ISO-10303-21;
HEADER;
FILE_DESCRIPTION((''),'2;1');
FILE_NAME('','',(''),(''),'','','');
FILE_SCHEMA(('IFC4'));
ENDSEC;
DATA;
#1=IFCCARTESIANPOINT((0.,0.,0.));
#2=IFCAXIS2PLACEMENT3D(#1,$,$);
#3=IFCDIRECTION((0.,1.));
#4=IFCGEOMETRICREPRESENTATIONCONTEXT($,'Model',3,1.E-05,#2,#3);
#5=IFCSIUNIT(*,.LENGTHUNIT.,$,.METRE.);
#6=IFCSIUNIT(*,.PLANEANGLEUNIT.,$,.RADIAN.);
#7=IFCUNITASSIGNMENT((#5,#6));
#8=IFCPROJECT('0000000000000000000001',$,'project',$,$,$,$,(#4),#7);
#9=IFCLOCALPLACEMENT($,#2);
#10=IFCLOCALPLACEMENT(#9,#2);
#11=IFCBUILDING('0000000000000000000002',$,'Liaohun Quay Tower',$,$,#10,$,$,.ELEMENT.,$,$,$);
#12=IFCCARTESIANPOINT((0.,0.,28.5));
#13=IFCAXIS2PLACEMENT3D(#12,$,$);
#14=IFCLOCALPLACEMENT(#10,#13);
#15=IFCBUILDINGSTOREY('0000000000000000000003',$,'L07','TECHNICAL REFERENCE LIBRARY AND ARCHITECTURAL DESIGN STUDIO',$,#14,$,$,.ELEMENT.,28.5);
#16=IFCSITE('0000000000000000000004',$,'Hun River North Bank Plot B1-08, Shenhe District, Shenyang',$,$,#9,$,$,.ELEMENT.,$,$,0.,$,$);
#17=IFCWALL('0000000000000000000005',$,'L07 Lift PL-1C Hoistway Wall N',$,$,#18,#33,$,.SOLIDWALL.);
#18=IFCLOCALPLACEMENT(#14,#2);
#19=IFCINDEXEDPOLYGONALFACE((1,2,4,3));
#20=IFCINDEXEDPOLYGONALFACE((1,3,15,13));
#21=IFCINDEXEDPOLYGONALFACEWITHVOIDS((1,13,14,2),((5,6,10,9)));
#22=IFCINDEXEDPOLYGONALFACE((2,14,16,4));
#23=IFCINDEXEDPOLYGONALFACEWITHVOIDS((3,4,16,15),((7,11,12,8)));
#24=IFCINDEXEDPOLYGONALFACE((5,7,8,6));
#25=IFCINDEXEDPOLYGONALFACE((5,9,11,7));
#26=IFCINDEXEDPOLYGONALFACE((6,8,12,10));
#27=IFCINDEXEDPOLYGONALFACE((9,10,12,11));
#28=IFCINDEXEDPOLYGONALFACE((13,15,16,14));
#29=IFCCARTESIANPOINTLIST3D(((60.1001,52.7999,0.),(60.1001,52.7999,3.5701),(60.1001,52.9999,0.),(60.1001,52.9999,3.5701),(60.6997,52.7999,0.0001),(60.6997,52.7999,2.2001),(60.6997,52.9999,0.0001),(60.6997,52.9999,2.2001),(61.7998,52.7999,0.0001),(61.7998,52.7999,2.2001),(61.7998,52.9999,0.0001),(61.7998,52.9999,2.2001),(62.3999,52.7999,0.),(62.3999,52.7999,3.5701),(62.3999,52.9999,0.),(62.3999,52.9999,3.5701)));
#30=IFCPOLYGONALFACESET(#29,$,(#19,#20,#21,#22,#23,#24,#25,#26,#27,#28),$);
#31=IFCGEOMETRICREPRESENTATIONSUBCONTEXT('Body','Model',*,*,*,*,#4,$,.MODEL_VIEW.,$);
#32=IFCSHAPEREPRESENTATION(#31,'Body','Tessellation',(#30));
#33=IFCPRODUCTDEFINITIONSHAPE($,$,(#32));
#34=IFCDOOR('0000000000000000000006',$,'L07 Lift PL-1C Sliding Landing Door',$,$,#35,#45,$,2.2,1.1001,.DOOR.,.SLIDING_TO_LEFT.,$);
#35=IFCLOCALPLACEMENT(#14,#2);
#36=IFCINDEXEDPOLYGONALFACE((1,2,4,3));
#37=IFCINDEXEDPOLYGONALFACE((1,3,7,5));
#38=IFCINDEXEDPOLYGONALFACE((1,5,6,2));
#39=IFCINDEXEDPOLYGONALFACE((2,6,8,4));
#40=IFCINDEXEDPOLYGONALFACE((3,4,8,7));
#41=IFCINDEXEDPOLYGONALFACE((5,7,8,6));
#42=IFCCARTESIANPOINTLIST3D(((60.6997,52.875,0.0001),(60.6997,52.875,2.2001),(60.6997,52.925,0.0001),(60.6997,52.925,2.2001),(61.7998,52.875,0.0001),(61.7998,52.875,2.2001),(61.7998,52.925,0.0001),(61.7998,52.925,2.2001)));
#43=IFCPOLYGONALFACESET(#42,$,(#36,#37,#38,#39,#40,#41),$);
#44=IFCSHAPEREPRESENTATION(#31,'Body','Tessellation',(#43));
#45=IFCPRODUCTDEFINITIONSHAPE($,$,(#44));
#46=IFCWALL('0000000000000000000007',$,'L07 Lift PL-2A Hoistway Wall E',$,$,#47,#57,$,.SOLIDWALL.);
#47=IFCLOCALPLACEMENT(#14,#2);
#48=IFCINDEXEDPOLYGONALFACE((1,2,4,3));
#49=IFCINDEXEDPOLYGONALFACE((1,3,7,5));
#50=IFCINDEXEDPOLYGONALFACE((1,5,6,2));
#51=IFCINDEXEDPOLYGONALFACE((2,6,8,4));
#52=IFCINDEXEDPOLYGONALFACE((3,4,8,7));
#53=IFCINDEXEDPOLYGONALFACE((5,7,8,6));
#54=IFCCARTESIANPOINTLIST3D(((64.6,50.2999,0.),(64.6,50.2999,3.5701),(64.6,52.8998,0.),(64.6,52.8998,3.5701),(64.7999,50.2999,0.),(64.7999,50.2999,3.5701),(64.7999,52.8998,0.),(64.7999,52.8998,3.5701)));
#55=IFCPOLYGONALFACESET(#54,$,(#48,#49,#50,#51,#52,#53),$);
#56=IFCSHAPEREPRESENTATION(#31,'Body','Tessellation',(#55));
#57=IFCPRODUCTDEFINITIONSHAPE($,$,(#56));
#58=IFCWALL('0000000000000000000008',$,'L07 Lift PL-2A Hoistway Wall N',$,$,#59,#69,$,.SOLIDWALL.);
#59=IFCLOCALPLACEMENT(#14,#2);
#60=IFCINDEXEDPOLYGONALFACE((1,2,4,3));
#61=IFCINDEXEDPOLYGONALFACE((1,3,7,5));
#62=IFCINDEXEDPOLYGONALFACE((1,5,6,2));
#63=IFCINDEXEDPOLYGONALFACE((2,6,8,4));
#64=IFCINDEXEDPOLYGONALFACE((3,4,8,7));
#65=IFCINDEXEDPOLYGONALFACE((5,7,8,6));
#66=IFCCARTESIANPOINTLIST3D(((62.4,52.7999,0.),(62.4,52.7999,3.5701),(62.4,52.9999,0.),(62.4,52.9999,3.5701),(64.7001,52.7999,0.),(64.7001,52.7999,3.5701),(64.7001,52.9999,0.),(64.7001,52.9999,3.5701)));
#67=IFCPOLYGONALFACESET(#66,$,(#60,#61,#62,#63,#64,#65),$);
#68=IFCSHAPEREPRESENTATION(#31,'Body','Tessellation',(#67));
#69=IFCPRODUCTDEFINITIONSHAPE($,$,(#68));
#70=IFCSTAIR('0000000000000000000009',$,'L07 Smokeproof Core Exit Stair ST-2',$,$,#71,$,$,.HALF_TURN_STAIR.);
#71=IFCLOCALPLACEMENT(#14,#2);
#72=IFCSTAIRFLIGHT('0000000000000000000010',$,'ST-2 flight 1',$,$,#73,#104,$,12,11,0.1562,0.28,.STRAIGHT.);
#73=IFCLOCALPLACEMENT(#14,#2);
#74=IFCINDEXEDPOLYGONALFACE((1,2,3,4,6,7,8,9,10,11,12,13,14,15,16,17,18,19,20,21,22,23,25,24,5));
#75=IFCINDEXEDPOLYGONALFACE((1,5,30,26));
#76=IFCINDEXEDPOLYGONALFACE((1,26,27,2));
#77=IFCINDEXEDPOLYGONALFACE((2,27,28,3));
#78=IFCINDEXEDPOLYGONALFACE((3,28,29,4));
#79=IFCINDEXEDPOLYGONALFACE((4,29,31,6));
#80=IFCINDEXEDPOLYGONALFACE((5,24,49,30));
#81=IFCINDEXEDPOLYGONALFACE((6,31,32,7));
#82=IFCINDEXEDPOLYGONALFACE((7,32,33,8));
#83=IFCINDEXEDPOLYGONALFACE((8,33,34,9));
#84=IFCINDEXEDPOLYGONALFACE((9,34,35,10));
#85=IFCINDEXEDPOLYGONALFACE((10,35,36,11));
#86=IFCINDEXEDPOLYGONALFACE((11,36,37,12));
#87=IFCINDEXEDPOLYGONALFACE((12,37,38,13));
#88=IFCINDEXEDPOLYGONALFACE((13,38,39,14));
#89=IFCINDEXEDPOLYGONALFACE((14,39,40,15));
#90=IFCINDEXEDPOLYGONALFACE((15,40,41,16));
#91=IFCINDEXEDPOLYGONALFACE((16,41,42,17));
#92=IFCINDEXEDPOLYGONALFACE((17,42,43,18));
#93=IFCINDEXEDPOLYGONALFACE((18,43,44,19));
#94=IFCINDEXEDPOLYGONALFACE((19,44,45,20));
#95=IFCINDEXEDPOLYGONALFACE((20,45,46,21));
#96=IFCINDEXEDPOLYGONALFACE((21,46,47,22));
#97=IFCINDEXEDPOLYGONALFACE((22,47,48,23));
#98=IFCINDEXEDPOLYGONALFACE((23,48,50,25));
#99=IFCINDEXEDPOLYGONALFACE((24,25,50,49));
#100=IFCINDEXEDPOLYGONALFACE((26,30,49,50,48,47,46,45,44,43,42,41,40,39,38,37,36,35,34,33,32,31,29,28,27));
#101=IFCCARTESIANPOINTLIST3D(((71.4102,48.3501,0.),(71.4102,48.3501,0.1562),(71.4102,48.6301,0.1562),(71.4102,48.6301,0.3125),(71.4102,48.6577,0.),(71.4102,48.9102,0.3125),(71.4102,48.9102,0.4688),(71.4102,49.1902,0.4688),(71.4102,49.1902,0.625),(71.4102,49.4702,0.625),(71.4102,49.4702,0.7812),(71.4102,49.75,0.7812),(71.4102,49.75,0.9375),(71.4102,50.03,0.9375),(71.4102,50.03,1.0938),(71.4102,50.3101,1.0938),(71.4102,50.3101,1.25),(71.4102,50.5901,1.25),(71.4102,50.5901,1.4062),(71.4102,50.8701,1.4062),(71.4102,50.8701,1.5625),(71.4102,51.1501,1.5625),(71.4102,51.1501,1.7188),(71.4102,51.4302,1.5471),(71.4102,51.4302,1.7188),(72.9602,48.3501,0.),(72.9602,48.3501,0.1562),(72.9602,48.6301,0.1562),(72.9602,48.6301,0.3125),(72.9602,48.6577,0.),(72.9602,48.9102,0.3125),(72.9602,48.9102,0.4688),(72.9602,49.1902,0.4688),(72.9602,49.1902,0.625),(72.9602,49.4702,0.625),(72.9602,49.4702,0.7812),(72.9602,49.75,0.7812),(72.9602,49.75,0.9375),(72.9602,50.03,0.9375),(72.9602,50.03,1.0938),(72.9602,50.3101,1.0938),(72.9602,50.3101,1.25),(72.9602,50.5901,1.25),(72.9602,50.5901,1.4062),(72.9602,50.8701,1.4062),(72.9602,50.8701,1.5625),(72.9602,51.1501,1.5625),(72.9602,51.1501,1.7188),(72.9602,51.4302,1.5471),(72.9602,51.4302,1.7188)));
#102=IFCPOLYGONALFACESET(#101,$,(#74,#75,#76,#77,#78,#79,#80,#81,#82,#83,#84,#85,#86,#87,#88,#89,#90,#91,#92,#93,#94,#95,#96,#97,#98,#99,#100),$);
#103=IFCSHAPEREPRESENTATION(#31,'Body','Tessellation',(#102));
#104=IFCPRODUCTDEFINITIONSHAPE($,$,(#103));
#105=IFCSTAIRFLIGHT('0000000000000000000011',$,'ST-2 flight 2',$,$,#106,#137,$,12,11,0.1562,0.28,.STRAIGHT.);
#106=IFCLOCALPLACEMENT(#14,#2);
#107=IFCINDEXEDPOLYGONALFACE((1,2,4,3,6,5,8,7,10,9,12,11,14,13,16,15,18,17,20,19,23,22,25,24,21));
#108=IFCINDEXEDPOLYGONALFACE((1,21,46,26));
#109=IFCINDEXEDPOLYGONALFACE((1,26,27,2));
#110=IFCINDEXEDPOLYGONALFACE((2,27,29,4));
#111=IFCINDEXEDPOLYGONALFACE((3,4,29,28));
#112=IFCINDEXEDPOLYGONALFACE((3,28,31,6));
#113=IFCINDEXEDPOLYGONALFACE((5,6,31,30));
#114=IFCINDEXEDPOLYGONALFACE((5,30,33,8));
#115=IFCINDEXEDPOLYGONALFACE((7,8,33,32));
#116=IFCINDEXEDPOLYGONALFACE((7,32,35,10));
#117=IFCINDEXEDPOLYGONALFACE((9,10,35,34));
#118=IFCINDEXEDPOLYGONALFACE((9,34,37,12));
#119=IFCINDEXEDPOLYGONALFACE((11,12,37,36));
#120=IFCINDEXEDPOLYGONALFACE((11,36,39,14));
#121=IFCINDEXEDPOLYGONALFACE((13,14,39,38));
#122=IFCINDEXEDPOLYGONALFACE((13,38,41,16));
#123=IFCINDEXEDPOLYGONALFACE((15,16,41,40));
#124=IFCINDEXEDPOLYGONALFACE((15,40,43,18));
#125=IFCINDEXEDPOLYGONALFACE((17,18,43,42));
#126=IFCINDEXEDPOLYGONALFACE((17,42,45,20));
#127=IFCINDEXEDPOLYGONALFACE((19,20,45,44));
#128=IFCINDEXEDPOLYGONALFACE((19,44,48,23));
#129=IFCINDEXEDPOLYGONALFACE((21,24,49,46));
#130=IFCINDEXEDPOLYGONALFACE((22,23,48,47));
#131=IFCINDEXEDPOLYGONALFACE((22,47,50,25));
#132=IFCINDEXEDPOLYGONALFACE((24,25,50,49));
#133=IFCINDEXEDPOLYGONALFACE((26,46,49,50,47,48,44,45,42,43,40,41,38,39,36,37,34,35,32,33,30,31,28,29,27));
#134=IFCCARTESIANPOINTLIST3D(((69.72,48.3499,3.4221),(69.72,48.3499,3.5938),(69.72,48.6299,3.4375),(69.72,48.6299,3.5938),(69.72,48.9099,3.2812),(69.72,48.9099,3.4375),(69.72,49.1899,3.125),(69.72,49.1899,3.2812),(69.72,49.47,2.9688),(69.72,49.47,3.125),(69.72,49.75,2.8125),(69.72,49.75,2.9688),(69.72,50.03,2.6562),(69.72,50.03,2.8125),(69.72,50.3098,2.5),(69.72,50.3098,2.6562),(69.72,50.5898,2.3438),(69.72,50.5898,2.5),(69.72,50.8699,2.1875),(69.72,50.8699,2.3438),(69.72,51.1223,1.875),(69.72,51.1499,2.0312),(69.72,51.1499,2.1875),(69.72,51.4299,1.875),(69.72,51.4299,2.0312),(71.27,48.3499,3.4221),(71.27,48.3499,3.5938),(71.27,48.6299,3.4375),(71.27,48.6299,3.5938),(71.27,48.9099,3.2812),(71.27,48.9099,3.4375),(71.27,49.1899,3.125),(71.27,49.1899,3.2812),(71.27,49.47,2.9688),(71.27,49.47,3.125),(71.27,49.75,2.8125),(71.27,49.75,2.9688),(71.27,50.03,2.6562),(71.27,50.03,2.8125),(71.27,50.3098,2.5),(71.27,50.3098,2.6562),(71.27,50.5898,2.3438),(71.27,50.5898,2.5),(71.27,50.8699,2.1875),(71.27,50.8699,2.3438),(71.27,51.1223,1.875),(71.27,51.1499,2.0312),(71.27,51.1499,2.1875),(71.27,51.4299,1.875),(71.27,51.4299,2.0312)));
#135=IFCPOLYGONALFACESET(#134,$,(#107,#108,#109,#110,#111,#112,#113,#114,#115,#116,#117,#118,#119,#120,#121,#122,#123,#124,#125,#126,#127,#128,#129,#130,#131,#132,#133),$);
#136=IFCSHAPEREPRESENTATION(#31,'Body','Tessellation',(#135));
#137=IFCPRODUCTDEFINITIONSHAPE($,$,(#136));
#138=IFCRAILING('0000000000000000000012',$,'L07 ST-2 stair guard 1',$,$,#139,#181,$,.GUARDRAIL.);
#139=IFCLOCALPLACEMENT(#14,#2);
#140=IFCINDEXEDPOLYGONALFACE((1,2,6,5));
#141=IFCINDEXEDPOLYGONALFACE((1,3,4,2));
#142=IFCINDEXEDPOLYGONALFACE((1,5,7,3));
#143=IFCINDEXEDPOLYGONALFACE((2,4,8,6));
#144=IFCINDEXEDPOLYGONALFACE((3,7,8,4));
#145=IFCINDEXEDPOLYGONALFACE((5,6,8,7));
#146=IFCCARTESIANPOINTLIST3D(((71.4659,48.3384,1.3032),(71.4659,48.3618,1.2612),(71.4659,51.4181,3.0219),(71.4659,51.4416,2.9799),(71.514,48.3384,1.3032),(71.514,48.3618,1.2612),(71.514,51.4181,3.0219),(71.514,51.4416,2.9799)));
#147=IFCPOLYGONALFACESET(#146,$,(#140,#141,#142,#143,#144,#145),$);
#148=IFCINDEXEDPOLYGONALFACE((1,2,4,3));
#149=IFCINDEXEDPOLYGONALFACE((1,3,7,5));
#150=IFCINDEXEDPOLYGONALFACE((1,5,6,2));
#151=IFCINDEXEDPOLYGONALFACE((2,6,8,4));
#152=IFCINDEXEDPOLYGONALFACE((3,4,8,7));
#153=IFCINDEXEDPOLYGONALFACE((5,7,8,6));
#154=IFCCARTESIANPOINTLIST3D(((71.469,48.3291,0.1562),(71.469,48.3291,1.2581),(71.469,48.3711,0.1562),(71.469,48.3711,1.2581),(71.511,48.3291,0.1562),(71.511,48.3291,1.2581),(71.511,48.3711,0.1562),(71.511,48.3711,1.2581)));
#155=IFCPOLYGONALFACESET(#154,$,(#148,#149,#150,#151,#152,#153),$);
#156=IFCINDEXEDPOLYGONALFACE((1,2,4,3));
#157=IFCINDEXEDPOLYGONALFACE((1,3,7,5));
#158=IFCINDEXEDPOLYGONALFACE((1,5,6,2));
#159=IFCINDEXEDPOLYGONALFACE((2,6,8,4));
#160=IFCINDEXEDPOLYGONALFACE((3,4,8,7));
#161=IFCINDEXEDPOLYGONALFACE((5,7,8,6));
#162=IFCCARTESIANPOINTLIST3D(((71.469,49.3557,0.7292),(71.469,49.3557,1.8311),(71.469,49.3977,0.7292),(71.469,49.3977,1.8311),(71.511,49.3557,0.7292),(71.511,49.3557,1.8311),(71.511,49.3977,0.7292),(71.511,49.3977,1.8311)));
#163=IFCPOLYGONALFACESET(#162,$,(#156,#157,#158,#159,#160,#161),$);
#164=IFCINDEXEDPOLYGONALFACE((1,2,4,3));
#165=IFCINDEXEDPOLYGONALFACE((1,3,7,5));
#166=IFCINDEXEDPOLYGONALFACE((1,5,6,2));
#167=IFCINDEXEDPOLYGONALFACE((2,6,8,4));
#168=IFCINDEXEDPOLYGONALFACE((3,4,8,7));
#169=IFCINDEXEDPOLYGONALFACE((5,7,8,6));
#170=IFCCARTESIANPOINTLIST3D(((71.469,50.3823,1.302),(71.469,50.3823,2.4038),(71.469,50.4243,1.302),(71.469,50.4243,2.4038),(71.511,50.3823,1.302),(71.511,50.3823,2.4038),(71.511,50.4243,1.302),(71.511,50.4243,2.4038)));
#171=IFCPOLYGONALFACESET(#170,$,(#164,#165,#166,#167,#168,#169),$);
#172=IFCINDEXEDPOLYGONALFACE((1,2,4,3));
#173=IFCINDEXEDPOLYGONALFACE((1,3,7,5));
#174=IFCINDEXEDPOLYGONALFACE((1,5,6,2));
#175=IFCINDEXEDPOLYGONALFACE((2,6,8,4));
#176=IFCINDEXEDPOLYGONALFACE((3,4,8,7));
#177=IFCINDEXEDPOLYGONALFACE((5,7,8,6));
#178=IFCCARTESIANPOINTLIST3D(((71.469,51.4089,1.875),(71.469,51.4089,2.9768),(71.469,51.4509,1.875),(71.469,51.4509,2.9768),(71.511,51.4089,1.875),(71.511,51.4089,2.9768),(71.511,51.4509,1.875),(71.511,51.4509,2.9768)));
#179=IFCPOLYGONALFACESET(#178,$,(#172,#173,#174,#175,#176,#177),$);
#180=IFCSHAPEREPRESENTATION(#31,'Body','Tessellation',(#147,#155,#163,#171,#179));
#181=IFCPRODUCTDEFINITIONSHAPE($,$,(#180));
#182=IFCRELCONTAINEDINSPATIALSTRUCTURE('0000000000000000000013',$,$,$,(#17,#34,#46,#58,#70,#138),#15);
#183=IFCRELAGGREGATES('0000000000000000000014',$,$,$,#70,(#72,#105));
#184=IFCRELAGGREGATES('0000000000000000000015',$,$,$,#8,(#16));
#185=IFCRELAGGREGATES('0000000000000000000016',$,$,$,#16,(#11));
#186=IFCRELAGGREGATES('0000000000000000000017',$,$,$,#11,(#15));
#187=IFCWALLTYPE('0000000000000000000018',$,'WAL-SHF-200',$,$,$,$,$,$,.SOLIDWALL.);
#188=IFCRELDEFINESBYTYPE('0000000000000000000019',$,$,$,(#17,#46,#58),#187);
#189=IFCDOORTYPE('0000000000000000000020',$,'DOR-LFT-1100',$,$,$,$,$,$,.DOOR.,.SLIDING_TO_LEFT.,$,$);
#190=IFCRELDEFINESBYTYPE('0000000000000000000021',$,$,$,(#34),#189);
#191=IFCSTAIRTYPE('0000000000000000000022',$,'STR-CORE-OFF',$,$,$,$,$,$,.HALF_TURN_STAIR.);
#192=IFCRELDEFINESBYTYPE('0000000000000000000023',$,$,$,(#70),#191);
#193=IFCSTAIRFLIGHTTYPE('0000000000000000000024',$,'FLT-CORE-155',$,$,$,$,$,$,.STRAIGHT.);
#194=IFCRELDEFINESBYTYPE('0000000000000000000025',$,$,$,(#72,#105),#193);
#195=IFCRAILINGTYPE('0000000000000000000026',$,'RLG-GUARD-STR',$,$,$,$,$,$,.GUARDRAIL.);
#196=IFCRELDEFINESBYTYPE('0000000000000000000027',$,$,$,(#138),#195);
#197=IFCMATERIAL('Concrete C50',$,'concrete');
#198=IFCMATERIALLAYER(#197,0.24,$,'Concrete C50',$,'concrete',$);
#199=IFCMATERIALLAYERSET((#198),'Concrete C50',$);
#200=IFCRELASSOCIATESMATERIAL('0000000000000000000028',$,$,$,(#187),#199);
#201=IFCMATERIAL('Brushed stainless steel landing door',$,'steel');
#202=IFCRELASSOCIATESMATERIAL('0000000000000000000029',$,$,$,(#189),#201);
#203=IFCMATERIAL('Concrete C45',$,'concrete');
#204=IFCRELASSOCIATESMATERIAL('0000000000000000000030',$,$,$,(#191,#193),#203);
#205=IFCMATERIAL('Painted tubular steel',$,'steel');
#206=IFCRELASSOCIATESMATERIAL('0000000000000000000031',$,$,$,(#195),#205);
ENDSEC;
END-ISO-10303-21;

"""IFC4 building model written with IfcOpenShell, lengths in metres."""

from ifc_helpers import new_model, si_unit, direction, frame, frame_2d, origin, origin_2d, place, context, subcontext, project, spatial, polyline, rectangle, outline, extrude, source, transform, mapped, material, layer, layer_set, type_object, element, fill, aggregate, save


model = new_model("IFC4")

# Units and contexts
model_context = context("Model", 3, precision=1e-05, world=origin(), true_north=direction((0.0, 1.0)))
body_context = subcontext(model_context, "Body", "Model", "MODEL_VIEW")
ifc_project = project(units=[si_unit("LENGTHUNIT", "METRE"), si_unit("PLANEANGLEUNIT", "RADIAN")], contexts=[model_context])

# Site, building, storey
site_placement = place(None, origin())
site = spatial("IfcSite", under=ifc_project, at=site_placement, Name="Hun River North Bank Plot B1-08, Shenhe District, Shenyang", CompositionType="ELEMENT", RefElevation=0.0)
building_placement = place(site_placement, origin())
building = spatial("IfcBuilding", under=site, at=building_placement, Name="Liaohun Quay Tower", CompositionType="ELEMENT")
storey_placement = place(building_placement, frame((0.0, 0.0, 28.5)))
storey = spatial("IfcBuildingStorey", under=building, at=storey_placement, Name="L07", Description="TECHNICAL REFERENCE LIBRARY AND ARCHITECTURAL DESIGN STUDIO", CompositionType="ELEMENT", Elevation=28.5)

# Shared definitions
ifc_material_1 = material(Name="Concrete C50", Category="concrete")
ifc_layer_1 = layer(ifc_material_1, 0.24, Name="Concrete C50", Category="concrete")
ifc_layer_set_1 = layer_set([ifc_layer_1], Name="Concrete C50")
wall_type_1 = type_object("IfcWallType", Name="WAL-SHF-200", PredefinedType="SOLIDWALL", material=ifc_layer_set_1)

# Shared definitions
shared_shape_1 = source(origin(), body_context, "Body", "SweptSolid", [
    extrude(rectangle(XDim=1.1001, YDim=2.2, at=frame_2d((0.55, 1.1001))), frame((0.0, 0.1099, 0.0), z_axis=(0.0, -1.0, 0.0), x_axis=(1.0, 0.0, 0.0)), (0.0, 0.0, 1.0), 0.22),
])
ifc_material_2 = material(Name="Brushed stainless steel landing door", Category="steel")
door_type_1 = type_object("IfcDoorType", Name="DOR-LFT-1100", OperationType="SLIDING_TO_LEFT", PredefinedType="DOOR", material=ifc_material_2)
shared_shape_2 = source(origin(), body_context, "Body", "SweptSolid", [
    extrude(rectangle(XDim=1.1001, YDim=2.2, at=frame_2d((0.55, 1.1001))), frame((0.0, 0.0249, 0.0), z_axis=(0.0, -1.0, 0.0), x_axis=(1.0, 0.0, 0.0)), (0.0, 0.0, 1.0), 0.05),
])

# Wall, opening, door
wall_1_placement = place(storey_placement, frame((62.3999, 52.8999, 0.0), z_axis=(0.0, 0.0, 1.0), x_axis=(-1.0, 0.0, 0.0)))
wall_1 = element("IfcWall", 1, at=wall_1_placement, inside=storey, type_object=wall_type_1, Name="L07 Lift PL-1C Hoistway Wall N", PredefinedType="SOLIDWALL", context=body_context, shape_type="SweptSolid", body=[
    extrude(rectangle(XDim=2.2998, YDim=0.2, at=frame_2d((1.1499, 0.0))), origin(), (0.0, 0.0, 1.0), 3.5701),
])
opening_1_placement = place(wall_1_placement, frame((0.6001, 0.0, 0.0)))
opening_1 = element("IfcOpeningElement", 2, at=opening_1_placement, cuts=wall_1, PredefinedType="OPENING", context=body_context, shape_type="MappedRepresentation", body=[
    mapped(shared_shape_1, transform((0.0, 0.0, 0.0), x_axis=(1.0, 0.0, 0.0), y_axis=(0.0, 1.0, 0.0), z_axis=(0.0, 0.0, 1.0), scale=1.0)),
])
door_1_placement = place(opening_1_placement, origin())
door_1 = element("IfcDoor", 3, at=door_1_placement, inside=storey, type_object=door_type_1, Name="L07 Lift PL-1C Sliding Landing Door", OperationType="SLIDING_TO_LEFT", OverallHeight=2.2, OverallWidth=1.1001, PredefinedType="DOOR", context=body_context, shape_type="MappedRepresentation", body=[
    mapped(shared_shape_2, transform((0.0, 0.0, 0.0), x_axis=(1.0, 0.0, 0.0), y_axis=(0.0, 1.0, 0.0), z_axis=(0.0, 0.0, 1.0), scale=1.0)),
])
fill(opening_1, door_1)

# Walls
wall_2_placement = place(storey_placement, frame((64.7, 50.3, 0.0), z_axis=(0.0, 0.0, 1.0), x_axis=(0.0, 1.0, 0.0)))
element("IfcWall", 4, at=wall_2_placement, inside=storey, type_object=wall_type_1, Name="L07 Lift PL-2A Hoistway Wall E", PredefinedType="SOLIDWALL", context=body_context, shape_type="SweptSolid", body=[
    extrude(rectangle(XDim=2.5999, YDim=0.2, at=frame_2d((1.2998, 0.0))), origin(), (0.0, 0.0, 1.0), 3.5701),
])
wall_3_placement = place(storey_placement, frame((64.7, 52.8999, 0.0), z_axis=(0.0, 0.0, 1.0), x_axis=(-1.0, 0.0, 0.0)))
element("IfcWall", 5, at=wall_3_placement, inside=storey, type_object=wall_type_1, Name="L07 Lift PL-2A Hoistway Wall N", PredefinedType="SOLIDWALL", context=body_context, shape_type="SweptSolid", body=[
    extrude(rectangle(XDim=2.3, YDim=0.2, at=frame_2d((1.1499, 0.0))), origin(), (0.0, 0.0, 1.0), 3.5701),
])

# Stair, stair flights
ifc_material_3 = material(Name="Concrete C45", Category="concrete")
stair_type = type_object("IfcStairType", Name="STR-CORE-OFF", PredefinedType="HALF_TURN_STAIR", material=ifc_material_3)
stair_placement = place(storey_placement, origin())
stair = element("IfcStair", 6, at=stair_placement, inside=storey, type_object=stair_type, Name="L07 Smokeproof Core Exit Stair ST-2", PredefinedType="HALF_TURN_STAIR")
stair_flight_type = type_object("IfcStairFlightType", Name="FLT-CORE-155", PredefinedType="STRAIGHT", material=ifc_material_3)
stair_flight_1_placement = place(storey_placement, frame((72.1851, 48.3501, 0.0), z_axis=(0.0, 0.0, 1.0), x_axis=(0.0, 1.0, 0.0)))
stair_flight_1 = element("IfcStairFlight", 7, at=stair_flight_1_placement, type_object=stair_flight_type, Name="ST-2 flight 1", NumberOfRisers=12, NumberOfTreads=11, PredefinedType="STRAIGHT", RiserHeight=0.1562, TreadLength=0.28, context=body_context, shape_type="SweptSolid", body=[
    extrude(outline(polyline([(0.0, 0.0), (0.0, 0.1562), (0.28, 0.1562), (0.28, 0.3125), (0.5601, 0.3125), (0.5601, 0.4688), (0.8401, 0.4688), (0.8401, 0.625), (1.1201, 0.625), (1.1201, 0.7812), (1.3999, 0.7812), (1.3999, 0.9375), (1.6799, 0.9375), (1.6799, 1.0938), (1.96, 1.0938), (1.96, 1.25), (2.24, 1.25), (2.24, 1.4062), (2.52, 1.4062), (2.52, 1.5625), (2.8, 1.5625), (2.8, 1.7188), (3.0801, 1.7188), (3.0801, 1.875), (3.0801, 1.5471), (0.3076, 0.0), (0.0, 0.0)])), frame((0.0, 0.7749, 0.0), z_axis=(0.0, -1.0, 0.0), x_axis=(1.0, 0.0, 0.0)), (0.0, 0.0, 1.0), 1.55),
])
stair_flight_2_placement = place(storey_placement, frame((70.4951, 51.4299, 1.875), z_axis=(0.0, 0.0, 1.0), x_axis=(0.0, -1.0, 0.0)))
stair_flight_2 = element("IfcStairFlight", 8, at=stair_flight_2_placement, type_object=stair_flight_type, Name="ST-2 flight 2", NumberOfRisers=12, NumberOfTreads=11, PredefinedType="STRAIGHT", RiserHeight=0.1562, TreadLength=0.28, context=body_context, shape_type="SweptSolid", body=[
    extrude(outline(polyline([(0.0, 0.0), (0.0, 0.1562), (0.28, 0.1562), (0.28, 0.3125), (0.5601, 0.3125), (0.5601, 0.4688), (0.8401, 0.4688), (0.8401, 0.625), (1.1201, 0.625), (1.1201, 0.7812), (1.3999, 0.7812), (1.3999, 0.9375), (1.6799, 0.9375), (1.6799, 1.0938), (1.96, 1.0938), (1.96, 1.25), (2.24, 1.25), (2.24, 1.4062), (2.52, 1.4062), (2.52, 1.5625), (2.8, 1.5625), (2.8, 1.7188), (3.0801, 1.7188), (3.0801, 1.875), (3.0801, 1.5471), (0.3076, 0.0), (0.0, 0.0)])), frame((0.0, 0.7749, 0.0), z_axis=(0.0, -1.0, 0.0), x_axis=(1.0, 0.0, 0.0)), (0.0, 0.0, 1.0), 1.55),
])
aggregate(stair, [stair_flight_1, stair_flight_2])

# Railing
ifc_material_4 = material(Name="Painted tubular steel", Category="steel")
railing_type_1 = type_object("IfcRailingType", Name="RLG-GUARD-STR", PredefinedType="GUARDRAIL", material=ifc_material_4)
railing_1_placement = place(storey_placement, frame((71.49, 48.3501, 0.1562)))
element("IfcRailing", 9, at=railing_1_placement, inside=storey, type_object=railing_type_1, Name="L07 ST-2 stair guard 1", PredefinedType="GUARDRAIL", context=body_context, shape_type="SweptSolid", body=[
    extrude(rectangle(XDim=0.0481, YDim=0.0481, at=origin_2d()), frame((0.0, 0.0, 1.126), z_axis=(0.0, 0.873225, 0.487317), x_axis=(-1.0, 0.0, 0.0)), (0.0, 0.0, 1.0), 3.5269),
    extrude(rectangle(XDim=0.042, YDim=0.042, at=origin_2d()), origin(), (0.0, 0.0, 1.0), 1.1018),
    extrude(rectangle(XDim=0.042, YDim=0.042, at=origin_2d()), frame((0.0, 1.0266, 0.573)), (0.0, 0.0, 1.0), 1.1018),
    extrude(rectangle(XDim=0.042, YDim=0.042, at=origin_2d()), frame((0.0, 2.0532, 1.1458)), (0.0, 0.0, 1.0), 1.1018),
    extrude(rectangle(XDim=0.042, YDim=0.042, at=origin_2d()), frame((0.0, 3.0798, 1.7188)), (0.0, 0.0, 1.0), 1.1018),
])

save(model, "model.ifc")
